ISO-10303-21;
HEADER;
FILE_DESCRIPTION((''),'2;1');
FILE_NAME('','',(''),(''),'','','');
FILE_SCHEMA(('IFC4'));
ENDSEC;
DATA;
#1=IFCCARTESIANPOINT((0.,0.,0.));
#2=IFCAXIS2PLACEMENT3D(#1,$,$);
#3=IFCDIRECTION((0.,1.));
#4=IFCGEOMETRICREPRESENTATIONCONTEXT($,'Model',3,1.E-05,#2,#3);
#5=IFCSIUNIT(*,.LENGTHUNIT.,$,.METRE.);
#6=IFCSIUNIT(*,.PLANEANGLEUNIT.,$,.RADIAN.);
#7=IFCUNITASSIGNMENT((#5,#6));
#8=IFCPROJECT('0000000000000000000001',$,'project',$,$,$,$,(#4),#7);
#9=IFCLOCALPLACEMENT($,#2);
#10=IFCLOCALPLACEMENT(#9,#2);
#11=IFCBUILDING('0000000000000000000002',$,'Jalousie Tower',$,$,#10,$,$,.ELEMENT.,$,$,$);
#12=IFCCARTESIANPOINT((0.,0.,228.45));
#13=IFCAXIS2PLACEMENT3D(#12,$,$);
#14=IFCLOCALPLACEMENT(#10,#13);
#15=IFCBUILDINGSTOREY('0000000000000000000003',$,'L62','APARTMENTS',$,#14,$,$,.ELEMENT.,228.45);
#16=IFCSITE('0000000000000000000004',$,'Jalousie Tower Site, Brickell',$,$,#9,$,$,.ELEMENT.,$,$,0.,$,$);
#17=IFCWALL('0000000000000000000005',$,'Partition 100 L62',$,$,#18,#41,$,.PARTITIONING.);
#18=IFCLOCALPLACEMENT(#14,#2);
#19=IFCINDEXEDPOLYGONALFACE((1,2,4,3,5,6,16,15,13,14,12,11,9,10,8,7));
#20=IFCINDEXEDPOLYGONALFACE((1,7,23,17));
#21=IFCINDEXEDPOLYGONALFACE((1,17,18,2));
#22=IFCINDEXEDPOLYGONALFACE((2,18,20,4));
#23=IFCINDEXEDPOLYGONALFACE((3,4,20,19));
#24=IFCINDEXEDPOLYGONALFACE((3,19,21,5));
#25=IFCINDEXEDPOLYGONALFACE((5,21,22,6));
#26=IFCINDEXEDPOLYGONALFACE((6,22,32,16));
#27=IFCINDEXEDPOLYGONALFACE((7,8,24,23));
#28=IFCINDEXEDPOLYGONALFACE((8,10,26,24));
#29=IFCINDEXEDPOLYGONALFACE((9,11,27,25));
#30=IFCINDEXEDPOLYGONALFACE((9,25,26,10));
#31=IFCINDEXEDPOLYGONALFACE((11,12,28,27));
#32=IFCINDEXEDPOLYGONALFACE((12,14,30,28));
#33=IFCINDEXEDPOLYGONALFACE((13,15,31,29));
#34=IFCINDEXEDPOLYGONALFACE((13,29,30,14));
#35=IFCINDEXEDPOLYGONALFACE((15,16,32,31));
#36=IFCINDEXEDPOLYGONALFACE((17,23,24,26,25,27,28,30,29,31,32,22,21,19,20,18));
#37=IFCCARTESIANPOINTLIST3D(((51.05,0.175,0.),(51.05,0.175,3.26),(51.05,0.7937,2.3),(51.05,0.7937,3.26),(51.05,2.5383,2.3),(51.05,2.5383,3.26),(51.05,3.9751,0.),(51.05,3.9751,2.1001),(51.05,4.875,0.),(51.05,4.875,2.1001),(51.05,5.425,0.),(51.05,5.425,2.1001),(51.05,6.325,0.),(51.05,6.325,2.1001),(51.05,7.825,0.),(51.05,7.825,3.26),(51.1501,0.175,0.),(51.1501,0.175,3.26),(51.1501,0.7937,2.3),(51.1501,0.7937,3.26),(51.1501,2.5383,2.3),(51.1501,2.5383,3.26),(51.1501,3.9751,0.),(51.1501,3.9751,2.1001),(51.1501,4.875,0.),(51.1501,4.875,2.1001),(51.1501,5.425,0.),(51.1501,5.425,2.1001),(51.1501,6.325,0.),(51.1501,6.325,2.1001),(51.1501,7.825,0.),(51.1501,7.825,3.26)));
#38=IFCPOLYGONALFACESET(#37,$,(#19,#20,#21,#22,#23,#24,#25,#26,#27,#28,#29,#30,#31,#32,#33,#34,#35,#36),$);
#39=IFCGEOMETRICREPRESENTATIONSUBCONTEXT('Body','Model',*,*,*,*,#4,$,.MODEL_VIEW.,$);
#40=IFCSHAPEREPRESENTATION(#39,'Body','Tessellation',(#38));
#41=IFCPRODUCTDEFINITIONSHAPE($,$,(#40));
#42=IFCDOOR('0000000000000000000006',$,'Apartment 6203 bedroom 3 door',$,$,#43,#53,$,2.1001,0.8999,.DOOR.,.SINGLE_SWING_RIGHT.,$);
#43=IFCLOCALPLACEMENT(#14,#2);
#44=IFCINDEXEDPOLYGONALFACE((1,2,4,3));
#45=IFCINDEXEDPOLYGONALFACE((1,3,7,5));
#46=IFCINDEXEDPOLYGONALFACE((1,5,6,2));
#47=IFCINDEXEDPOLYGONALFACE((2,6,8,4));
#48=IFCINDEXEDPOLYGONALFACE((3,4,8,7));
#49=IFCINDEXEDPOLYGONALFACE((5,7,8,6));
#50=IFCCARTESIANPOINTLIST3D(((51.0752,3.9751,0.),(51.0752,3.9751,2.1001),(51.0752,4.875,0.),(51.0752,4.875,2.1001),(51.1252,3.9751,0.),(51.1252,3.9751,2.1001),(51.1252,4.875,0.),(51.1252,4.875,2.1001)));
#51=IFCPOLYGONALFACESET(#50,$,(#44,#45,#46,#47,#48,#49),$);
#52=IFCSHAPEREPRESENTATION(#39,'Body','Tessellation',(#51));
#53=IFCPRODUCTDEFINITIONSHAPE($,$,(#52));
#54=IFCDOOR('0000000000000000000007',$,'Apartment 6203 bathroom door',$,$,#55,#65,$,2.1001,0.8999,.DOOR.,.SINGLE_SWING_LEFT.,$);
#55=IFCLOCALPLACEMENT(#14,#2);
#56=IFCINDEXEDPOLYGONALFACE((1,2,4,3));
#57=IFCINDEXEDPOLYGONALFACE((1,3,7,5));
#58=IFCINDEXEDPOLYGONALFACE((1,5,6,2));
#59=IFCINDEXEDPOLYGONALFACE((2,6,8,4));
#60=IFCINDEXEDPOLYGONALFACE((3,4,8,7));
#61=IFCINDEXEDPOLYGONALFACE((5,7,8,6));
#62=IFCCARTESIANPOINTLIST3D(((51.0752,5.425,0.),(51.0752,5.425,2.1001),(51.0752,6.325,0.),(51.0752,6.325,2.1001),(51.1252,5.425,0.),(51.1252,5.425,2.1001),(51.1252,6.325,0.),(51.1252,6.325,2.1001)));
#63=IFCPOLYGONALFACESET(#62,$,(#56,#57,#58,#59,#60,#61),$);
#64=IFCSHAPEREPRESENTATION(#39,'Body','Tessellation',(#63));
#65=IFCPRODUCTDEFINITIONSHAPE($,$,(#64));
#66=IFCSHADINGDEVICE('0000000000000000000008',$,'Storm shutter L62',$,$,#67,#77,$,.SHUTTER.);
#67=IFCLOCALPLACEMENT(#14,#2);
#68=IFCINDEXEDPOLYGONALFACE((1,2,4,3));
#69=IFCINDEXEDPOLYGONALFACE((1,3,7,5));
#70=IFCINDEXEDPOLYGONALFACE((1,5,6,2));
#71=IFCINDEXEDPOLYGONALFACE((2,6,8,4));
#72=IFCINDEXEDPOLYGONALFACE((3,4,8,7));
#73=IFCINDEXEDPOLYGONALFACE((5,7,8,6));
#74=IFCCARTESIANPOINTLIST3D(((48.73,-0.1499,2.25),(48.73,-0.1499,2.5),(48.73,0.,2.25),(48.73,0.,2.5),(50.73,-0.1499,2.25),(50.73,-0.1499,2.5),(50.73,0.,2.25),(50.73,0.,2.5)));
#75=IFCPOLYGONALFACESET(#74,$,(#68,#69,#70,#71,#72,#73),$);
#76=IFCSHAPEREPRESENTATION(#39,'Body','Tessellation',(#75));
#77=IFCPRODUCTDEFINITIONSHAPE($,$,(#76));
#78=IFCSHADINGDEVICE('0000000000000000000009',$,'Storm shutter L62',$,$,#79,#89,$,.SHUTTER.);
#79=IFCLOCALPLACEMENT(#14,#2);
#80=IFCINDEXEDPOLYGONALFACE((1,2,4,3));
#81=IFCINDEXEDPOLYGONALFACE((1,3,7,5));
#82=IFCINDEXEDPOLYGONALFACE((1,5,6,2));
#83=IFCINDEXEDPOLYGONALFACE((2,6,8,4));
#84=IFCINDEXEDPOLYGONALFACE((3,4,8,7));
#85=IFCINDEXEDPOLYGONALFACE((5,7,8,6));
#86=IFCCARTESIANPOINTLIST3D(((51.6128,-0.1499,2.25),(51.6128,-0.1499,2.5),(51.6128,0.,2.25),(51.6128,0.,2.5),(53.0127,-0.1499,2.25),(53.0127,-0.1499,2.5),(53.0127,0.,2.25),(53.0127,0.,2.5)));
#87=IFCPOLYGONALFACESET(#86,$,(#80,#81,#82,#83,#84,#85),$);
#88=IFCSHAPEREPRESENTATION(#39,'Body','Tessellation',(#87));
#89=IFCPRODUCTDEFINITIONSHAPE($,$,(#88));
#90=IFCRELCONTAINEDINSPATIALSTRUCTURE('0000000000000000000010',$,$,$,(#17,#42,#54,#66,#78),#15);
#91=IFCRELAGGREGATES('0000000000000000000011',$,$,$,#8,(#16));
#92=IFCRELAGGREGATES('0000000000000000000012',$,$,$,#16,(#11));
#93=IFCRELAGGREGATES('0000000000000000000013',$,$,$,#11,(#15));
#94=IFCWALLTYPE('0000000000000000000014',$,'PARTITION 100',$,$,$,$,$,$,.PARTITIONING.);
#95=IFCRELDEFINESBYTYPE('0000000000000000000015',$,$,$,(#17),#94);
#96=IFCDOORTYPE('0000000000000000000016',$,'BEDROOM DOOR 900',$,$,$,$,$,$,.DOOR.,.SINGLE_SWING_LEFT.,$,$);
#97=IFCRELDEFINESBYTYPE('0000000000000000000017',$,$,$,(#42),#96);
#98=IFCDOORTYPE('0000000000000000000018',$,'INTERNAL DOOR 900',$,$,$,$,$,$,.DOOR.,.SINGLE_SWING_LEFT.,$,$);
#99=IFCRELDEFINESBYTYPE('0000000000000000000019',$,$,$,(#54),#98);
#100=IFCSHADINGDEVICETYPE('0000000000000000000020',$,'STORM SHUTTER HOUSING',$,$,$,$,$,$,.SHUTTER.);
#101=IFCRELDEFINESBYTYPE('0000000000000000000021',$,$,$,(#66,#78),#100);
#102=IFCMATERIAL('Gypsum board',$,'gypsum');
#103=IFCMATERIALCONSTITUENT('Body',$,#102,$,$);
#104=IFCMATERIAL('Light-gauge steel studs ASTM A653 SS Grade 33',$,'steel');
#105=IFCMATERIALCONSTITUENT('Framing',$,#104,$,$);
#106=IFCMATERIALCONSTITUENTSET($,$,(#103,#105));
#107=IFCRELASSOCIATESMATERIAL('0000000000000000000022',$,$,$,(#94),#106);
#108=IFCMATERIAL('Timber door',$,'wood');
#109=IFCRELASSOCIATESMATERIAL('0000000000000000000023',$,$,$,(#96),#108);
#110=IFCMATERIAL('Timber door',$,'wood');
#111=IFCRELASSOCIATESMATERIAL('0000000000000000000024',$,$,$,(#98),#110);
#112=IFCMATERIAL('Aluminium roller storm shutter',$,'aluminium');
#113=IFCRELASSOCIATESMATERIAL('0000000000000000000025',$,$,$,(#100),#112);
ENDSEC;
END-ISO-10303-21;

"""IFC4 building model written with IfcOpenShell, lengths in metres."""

from ifc_helpers import new_model, si_unit, direction, frame, frame_2d, origin, origin_2d, place, context, subcontext, project, spatial, polyline, rectangle, outline, extrude, material, constituent, constituent_set, type_object, element, fill, save


model = new_model("IFC4")

# Units and contexts
model_context = context("Model", 3, precision=1e-05, world=origin(), true_north=direction((0.0, 1.0)))
body_context = subcontext(model_context, "Body", "Model", "MODEL_VIEW")
ifc_project = project(units=[si_unit("LENGTHUNIT", "METRE"), si_unit("PLANEANGLEUNIT", "RADIAN")], contexts=[model_context])

# Site, building, storey
site_placement = place(None, origin())
site = spatial("IfcSite", under=ifc_project, at=site_placement, Name="Jalousie Tower Site, Brickell", CompositionType="ELEMENT", RefElevation=0.0)
building_placement = place(site_placement, origin())
building = spatial("IfcBuilding", under=site, at=building_placement, Name="Jalousie Tower", CompositionType="ELEMENT")
storey_placement = place(building_placement, frame((0.0, 0.0, 228.45)))
storey = spatial("IfcBuildingStorey", under=building, at=storey_placement, Name="L62", Description="APARTMENTS", CompositionType="ELEMENT", Elevation=228.45)

# Wall, openings, doors
ifc_material_1 = material(Name="Gypsum board", Category="gypsum")
ifc_constituent_1 = constituent(ifc_material_1, Name="Body")
ifc_material_2 = material(Name="Light-gauge steel studs ASTM A653 SS Grade 33", Category="steel")
ifc_constituent_2 = constituent(ifc_material_2, Name="Framing")
ifc_constituent_set = constituent_set(constituents=[ifc_constituent_1, ifc_constituent_2])
wall_type = type_object("IfcWallType", Name="PARTITION 100", PredefinedType="PARTITIONING", material=ifc_constituent_set)
wall_placement = place(storey_placement, frame((51.1001, 0.175, 0.0), z_axis=(0.0, 0.0, 1.0), x_axis=(0.0, 1.0, 0.0)))
wall = element("IfcWall", 1, at=wall_placement, inside=storey, type_object=wall_type, Name="Partition 100 L62", PredefinedType="PARTITIONING", context=body_context, shape_type="SweptSolid", body=[
    extrude(outline(polyline([(0.0, 0.0), (7.6499, 0.0), (7.6499, 3.26), (2.3633, 3.26), (2.3633, 2.3), (0.6187, 2.3), (0.6187, 3.26), (0.0, 3.26), (0.0, 0.0)])), frame((0.0, 0.05, 0.0), z_axis=(0.0, -1.0, 0.0), x_axis=(1.0, 0.0, 0.0)), (0.0, 0.0, 1.0), 0.1001),
])
opening_1_placement = place(wall_placement, frame((3.8, 0.0, 0.0)))
opening_1 = element("IfcOpeningElement", 2, at=opening_1_placement, cuts=wall, PredefinedType="OPENING", context=body_context, shape_type="SweptSolid", body=[
    extrude(rectangle(XDim=0.8999, YDim=2.1001, at=frame_2d((0.45, 1.05))), frame((0.0, 0.0601, 0.0), z_axis=(0.0, -1.0, 0.0), x_axis=(1.0, 0.0, 0.0)), (0.0, 0.0, 1.0), 0.1201),
])
opening_2_placement = place(wall_placement, frame((5.25, 0.0, 0.0)))
opening_2 = element("IfcOpeningElement", 3, at=opening_2_placement, cuts=wall, PredefinedType="OPENING", context=body_context, shape_type="SweptSolid", body=[
    extrude(rectangle(XDim=0.8999, YDim=2.1001, at=frame_2d((0.45, 1.05))), frame((0.0, 0.0601, 0.0), z_axis=(0.0, -1.0, 0.0), x_axis=(1.0, 0.0, 0.0)), (0.0, 0.0, 1.0), 0.1201),
])
ifc_material_3 = material(Name="Timber door", Category="wood")
door_type_1 = type_object("IfcDoorType", Name="BEDROOM DOOR 900", OperationType="SINGLE_SWING_LEFT", PredefinedType="DOOR", material=ifc_material_3)
door_1_placement = place(opening_1_placement, origin())
door_1 = element("IfcDoor", 4, at=door_1_placement, inside=storey, type_object=door_type_1, Name="Apartment 6203 bedroom 3 door", OperationType="SINGLE_SWING_RIGHT", OverallHeight=2.1001, OverallWidth=0.8999, PredefinedType="DOOR", context=body_context, shape_type="SweptSolid", body=[
    extrude(rectangle(XDim=0.8999, YDim=2.1001, at=frame_2d((0.45, 1.05))), frame((0.0, 0.0249, 0.0), z_axis=(0.0, -1.0, 0.0), x_axis=(1.0, 0.0, 0.0)), (0.0, 0.0, 1.0), 0.05),
])
fill(opening_1, door_1)
ifc_material_4 = material(Name="Timber door", Category="wood")
door_type_2 = type_object("IfcDoorType", Name="INTERNAL DOOR 900", OperationType="SINGLE_SWING_LEFT", PredefinedType="DOOR", material=ifc_material_4)
door_2_placement = place(opening_2_placement, origin())
door_2 = element("IfcDoor", 5, at=door_2_placement, inside=storey, type_object=door_type_2, Name="Apartment 6203 bathroom door", OperationType="SINGLE_SWING_LEFT", OverallHeight=2.1001, OverallWidth=0.8999, PredefinedType="DOOR", context=body_context, shape_type="SweptSolid", body=[
    extrude(rectangle(XDim=0.8999, YDim=2.1001, at=frame_2d((0.45, 1.05))), frame((0.0, 0.0249, 0.0), z_axis=(0.0, -1.0, 0.0), x_axis=(1.0, 0.0, 0.0)), (0.0, 0.0, 1.0), 0.05),
])
fill(opening_2, door_2)

# Shading devices
ifc_material_5 = material(Name="Aluminium roller storm shutter", Category="aluminium")
shading_device_type = type_object("IfcShadingDeviceType", Name="STORM SHUTTER HOUSING", PredefinedType="SHUTTER", material=ifc_material_5)
shading_device_1_placement = place(storey_placement, frame((49.73, -0.075, 2.25), z_axis=(0.0, 0.0, 1.0), x_axis=(1.0, 0.0, 0.0)))
element("IfcShadingDevice", 6, at=shading_device_1_placement, inside=storey, type_object=shading_device_type, Name="Storm shutter L62", PredefinedType="SHUTTER", context=body_context, shape_type="SweptSolid", body=[
    extrude(rectangle(XDim=2.0, YDim=0.1499, at=origin_2d()), origin(), (0.0, 0.0, 1.0), 0.25),
])
shading_device_2_placement = place(storey_placement, frame((52.3127, -0.075, 2.25), z_axis=(0.0, 0.0, 1.0), x_axis=(1.0, 0.0, 0.0)))
element("IfcShadingDevice", 7, at=shading_device_2_placement, inside=storey, type_object=shading_device_type, Name="Storm shutter L62", PredefinedType="SHUTTER", context=body_context, shape_type="SweptSolid", body=[
    extrude(rectangle(XDim=1.3999, YDim=0.1499, at=origin_2d()), origin(), (0.0, 0.0, 1.0), 0.25),
])

save(model, "model.ifc")
